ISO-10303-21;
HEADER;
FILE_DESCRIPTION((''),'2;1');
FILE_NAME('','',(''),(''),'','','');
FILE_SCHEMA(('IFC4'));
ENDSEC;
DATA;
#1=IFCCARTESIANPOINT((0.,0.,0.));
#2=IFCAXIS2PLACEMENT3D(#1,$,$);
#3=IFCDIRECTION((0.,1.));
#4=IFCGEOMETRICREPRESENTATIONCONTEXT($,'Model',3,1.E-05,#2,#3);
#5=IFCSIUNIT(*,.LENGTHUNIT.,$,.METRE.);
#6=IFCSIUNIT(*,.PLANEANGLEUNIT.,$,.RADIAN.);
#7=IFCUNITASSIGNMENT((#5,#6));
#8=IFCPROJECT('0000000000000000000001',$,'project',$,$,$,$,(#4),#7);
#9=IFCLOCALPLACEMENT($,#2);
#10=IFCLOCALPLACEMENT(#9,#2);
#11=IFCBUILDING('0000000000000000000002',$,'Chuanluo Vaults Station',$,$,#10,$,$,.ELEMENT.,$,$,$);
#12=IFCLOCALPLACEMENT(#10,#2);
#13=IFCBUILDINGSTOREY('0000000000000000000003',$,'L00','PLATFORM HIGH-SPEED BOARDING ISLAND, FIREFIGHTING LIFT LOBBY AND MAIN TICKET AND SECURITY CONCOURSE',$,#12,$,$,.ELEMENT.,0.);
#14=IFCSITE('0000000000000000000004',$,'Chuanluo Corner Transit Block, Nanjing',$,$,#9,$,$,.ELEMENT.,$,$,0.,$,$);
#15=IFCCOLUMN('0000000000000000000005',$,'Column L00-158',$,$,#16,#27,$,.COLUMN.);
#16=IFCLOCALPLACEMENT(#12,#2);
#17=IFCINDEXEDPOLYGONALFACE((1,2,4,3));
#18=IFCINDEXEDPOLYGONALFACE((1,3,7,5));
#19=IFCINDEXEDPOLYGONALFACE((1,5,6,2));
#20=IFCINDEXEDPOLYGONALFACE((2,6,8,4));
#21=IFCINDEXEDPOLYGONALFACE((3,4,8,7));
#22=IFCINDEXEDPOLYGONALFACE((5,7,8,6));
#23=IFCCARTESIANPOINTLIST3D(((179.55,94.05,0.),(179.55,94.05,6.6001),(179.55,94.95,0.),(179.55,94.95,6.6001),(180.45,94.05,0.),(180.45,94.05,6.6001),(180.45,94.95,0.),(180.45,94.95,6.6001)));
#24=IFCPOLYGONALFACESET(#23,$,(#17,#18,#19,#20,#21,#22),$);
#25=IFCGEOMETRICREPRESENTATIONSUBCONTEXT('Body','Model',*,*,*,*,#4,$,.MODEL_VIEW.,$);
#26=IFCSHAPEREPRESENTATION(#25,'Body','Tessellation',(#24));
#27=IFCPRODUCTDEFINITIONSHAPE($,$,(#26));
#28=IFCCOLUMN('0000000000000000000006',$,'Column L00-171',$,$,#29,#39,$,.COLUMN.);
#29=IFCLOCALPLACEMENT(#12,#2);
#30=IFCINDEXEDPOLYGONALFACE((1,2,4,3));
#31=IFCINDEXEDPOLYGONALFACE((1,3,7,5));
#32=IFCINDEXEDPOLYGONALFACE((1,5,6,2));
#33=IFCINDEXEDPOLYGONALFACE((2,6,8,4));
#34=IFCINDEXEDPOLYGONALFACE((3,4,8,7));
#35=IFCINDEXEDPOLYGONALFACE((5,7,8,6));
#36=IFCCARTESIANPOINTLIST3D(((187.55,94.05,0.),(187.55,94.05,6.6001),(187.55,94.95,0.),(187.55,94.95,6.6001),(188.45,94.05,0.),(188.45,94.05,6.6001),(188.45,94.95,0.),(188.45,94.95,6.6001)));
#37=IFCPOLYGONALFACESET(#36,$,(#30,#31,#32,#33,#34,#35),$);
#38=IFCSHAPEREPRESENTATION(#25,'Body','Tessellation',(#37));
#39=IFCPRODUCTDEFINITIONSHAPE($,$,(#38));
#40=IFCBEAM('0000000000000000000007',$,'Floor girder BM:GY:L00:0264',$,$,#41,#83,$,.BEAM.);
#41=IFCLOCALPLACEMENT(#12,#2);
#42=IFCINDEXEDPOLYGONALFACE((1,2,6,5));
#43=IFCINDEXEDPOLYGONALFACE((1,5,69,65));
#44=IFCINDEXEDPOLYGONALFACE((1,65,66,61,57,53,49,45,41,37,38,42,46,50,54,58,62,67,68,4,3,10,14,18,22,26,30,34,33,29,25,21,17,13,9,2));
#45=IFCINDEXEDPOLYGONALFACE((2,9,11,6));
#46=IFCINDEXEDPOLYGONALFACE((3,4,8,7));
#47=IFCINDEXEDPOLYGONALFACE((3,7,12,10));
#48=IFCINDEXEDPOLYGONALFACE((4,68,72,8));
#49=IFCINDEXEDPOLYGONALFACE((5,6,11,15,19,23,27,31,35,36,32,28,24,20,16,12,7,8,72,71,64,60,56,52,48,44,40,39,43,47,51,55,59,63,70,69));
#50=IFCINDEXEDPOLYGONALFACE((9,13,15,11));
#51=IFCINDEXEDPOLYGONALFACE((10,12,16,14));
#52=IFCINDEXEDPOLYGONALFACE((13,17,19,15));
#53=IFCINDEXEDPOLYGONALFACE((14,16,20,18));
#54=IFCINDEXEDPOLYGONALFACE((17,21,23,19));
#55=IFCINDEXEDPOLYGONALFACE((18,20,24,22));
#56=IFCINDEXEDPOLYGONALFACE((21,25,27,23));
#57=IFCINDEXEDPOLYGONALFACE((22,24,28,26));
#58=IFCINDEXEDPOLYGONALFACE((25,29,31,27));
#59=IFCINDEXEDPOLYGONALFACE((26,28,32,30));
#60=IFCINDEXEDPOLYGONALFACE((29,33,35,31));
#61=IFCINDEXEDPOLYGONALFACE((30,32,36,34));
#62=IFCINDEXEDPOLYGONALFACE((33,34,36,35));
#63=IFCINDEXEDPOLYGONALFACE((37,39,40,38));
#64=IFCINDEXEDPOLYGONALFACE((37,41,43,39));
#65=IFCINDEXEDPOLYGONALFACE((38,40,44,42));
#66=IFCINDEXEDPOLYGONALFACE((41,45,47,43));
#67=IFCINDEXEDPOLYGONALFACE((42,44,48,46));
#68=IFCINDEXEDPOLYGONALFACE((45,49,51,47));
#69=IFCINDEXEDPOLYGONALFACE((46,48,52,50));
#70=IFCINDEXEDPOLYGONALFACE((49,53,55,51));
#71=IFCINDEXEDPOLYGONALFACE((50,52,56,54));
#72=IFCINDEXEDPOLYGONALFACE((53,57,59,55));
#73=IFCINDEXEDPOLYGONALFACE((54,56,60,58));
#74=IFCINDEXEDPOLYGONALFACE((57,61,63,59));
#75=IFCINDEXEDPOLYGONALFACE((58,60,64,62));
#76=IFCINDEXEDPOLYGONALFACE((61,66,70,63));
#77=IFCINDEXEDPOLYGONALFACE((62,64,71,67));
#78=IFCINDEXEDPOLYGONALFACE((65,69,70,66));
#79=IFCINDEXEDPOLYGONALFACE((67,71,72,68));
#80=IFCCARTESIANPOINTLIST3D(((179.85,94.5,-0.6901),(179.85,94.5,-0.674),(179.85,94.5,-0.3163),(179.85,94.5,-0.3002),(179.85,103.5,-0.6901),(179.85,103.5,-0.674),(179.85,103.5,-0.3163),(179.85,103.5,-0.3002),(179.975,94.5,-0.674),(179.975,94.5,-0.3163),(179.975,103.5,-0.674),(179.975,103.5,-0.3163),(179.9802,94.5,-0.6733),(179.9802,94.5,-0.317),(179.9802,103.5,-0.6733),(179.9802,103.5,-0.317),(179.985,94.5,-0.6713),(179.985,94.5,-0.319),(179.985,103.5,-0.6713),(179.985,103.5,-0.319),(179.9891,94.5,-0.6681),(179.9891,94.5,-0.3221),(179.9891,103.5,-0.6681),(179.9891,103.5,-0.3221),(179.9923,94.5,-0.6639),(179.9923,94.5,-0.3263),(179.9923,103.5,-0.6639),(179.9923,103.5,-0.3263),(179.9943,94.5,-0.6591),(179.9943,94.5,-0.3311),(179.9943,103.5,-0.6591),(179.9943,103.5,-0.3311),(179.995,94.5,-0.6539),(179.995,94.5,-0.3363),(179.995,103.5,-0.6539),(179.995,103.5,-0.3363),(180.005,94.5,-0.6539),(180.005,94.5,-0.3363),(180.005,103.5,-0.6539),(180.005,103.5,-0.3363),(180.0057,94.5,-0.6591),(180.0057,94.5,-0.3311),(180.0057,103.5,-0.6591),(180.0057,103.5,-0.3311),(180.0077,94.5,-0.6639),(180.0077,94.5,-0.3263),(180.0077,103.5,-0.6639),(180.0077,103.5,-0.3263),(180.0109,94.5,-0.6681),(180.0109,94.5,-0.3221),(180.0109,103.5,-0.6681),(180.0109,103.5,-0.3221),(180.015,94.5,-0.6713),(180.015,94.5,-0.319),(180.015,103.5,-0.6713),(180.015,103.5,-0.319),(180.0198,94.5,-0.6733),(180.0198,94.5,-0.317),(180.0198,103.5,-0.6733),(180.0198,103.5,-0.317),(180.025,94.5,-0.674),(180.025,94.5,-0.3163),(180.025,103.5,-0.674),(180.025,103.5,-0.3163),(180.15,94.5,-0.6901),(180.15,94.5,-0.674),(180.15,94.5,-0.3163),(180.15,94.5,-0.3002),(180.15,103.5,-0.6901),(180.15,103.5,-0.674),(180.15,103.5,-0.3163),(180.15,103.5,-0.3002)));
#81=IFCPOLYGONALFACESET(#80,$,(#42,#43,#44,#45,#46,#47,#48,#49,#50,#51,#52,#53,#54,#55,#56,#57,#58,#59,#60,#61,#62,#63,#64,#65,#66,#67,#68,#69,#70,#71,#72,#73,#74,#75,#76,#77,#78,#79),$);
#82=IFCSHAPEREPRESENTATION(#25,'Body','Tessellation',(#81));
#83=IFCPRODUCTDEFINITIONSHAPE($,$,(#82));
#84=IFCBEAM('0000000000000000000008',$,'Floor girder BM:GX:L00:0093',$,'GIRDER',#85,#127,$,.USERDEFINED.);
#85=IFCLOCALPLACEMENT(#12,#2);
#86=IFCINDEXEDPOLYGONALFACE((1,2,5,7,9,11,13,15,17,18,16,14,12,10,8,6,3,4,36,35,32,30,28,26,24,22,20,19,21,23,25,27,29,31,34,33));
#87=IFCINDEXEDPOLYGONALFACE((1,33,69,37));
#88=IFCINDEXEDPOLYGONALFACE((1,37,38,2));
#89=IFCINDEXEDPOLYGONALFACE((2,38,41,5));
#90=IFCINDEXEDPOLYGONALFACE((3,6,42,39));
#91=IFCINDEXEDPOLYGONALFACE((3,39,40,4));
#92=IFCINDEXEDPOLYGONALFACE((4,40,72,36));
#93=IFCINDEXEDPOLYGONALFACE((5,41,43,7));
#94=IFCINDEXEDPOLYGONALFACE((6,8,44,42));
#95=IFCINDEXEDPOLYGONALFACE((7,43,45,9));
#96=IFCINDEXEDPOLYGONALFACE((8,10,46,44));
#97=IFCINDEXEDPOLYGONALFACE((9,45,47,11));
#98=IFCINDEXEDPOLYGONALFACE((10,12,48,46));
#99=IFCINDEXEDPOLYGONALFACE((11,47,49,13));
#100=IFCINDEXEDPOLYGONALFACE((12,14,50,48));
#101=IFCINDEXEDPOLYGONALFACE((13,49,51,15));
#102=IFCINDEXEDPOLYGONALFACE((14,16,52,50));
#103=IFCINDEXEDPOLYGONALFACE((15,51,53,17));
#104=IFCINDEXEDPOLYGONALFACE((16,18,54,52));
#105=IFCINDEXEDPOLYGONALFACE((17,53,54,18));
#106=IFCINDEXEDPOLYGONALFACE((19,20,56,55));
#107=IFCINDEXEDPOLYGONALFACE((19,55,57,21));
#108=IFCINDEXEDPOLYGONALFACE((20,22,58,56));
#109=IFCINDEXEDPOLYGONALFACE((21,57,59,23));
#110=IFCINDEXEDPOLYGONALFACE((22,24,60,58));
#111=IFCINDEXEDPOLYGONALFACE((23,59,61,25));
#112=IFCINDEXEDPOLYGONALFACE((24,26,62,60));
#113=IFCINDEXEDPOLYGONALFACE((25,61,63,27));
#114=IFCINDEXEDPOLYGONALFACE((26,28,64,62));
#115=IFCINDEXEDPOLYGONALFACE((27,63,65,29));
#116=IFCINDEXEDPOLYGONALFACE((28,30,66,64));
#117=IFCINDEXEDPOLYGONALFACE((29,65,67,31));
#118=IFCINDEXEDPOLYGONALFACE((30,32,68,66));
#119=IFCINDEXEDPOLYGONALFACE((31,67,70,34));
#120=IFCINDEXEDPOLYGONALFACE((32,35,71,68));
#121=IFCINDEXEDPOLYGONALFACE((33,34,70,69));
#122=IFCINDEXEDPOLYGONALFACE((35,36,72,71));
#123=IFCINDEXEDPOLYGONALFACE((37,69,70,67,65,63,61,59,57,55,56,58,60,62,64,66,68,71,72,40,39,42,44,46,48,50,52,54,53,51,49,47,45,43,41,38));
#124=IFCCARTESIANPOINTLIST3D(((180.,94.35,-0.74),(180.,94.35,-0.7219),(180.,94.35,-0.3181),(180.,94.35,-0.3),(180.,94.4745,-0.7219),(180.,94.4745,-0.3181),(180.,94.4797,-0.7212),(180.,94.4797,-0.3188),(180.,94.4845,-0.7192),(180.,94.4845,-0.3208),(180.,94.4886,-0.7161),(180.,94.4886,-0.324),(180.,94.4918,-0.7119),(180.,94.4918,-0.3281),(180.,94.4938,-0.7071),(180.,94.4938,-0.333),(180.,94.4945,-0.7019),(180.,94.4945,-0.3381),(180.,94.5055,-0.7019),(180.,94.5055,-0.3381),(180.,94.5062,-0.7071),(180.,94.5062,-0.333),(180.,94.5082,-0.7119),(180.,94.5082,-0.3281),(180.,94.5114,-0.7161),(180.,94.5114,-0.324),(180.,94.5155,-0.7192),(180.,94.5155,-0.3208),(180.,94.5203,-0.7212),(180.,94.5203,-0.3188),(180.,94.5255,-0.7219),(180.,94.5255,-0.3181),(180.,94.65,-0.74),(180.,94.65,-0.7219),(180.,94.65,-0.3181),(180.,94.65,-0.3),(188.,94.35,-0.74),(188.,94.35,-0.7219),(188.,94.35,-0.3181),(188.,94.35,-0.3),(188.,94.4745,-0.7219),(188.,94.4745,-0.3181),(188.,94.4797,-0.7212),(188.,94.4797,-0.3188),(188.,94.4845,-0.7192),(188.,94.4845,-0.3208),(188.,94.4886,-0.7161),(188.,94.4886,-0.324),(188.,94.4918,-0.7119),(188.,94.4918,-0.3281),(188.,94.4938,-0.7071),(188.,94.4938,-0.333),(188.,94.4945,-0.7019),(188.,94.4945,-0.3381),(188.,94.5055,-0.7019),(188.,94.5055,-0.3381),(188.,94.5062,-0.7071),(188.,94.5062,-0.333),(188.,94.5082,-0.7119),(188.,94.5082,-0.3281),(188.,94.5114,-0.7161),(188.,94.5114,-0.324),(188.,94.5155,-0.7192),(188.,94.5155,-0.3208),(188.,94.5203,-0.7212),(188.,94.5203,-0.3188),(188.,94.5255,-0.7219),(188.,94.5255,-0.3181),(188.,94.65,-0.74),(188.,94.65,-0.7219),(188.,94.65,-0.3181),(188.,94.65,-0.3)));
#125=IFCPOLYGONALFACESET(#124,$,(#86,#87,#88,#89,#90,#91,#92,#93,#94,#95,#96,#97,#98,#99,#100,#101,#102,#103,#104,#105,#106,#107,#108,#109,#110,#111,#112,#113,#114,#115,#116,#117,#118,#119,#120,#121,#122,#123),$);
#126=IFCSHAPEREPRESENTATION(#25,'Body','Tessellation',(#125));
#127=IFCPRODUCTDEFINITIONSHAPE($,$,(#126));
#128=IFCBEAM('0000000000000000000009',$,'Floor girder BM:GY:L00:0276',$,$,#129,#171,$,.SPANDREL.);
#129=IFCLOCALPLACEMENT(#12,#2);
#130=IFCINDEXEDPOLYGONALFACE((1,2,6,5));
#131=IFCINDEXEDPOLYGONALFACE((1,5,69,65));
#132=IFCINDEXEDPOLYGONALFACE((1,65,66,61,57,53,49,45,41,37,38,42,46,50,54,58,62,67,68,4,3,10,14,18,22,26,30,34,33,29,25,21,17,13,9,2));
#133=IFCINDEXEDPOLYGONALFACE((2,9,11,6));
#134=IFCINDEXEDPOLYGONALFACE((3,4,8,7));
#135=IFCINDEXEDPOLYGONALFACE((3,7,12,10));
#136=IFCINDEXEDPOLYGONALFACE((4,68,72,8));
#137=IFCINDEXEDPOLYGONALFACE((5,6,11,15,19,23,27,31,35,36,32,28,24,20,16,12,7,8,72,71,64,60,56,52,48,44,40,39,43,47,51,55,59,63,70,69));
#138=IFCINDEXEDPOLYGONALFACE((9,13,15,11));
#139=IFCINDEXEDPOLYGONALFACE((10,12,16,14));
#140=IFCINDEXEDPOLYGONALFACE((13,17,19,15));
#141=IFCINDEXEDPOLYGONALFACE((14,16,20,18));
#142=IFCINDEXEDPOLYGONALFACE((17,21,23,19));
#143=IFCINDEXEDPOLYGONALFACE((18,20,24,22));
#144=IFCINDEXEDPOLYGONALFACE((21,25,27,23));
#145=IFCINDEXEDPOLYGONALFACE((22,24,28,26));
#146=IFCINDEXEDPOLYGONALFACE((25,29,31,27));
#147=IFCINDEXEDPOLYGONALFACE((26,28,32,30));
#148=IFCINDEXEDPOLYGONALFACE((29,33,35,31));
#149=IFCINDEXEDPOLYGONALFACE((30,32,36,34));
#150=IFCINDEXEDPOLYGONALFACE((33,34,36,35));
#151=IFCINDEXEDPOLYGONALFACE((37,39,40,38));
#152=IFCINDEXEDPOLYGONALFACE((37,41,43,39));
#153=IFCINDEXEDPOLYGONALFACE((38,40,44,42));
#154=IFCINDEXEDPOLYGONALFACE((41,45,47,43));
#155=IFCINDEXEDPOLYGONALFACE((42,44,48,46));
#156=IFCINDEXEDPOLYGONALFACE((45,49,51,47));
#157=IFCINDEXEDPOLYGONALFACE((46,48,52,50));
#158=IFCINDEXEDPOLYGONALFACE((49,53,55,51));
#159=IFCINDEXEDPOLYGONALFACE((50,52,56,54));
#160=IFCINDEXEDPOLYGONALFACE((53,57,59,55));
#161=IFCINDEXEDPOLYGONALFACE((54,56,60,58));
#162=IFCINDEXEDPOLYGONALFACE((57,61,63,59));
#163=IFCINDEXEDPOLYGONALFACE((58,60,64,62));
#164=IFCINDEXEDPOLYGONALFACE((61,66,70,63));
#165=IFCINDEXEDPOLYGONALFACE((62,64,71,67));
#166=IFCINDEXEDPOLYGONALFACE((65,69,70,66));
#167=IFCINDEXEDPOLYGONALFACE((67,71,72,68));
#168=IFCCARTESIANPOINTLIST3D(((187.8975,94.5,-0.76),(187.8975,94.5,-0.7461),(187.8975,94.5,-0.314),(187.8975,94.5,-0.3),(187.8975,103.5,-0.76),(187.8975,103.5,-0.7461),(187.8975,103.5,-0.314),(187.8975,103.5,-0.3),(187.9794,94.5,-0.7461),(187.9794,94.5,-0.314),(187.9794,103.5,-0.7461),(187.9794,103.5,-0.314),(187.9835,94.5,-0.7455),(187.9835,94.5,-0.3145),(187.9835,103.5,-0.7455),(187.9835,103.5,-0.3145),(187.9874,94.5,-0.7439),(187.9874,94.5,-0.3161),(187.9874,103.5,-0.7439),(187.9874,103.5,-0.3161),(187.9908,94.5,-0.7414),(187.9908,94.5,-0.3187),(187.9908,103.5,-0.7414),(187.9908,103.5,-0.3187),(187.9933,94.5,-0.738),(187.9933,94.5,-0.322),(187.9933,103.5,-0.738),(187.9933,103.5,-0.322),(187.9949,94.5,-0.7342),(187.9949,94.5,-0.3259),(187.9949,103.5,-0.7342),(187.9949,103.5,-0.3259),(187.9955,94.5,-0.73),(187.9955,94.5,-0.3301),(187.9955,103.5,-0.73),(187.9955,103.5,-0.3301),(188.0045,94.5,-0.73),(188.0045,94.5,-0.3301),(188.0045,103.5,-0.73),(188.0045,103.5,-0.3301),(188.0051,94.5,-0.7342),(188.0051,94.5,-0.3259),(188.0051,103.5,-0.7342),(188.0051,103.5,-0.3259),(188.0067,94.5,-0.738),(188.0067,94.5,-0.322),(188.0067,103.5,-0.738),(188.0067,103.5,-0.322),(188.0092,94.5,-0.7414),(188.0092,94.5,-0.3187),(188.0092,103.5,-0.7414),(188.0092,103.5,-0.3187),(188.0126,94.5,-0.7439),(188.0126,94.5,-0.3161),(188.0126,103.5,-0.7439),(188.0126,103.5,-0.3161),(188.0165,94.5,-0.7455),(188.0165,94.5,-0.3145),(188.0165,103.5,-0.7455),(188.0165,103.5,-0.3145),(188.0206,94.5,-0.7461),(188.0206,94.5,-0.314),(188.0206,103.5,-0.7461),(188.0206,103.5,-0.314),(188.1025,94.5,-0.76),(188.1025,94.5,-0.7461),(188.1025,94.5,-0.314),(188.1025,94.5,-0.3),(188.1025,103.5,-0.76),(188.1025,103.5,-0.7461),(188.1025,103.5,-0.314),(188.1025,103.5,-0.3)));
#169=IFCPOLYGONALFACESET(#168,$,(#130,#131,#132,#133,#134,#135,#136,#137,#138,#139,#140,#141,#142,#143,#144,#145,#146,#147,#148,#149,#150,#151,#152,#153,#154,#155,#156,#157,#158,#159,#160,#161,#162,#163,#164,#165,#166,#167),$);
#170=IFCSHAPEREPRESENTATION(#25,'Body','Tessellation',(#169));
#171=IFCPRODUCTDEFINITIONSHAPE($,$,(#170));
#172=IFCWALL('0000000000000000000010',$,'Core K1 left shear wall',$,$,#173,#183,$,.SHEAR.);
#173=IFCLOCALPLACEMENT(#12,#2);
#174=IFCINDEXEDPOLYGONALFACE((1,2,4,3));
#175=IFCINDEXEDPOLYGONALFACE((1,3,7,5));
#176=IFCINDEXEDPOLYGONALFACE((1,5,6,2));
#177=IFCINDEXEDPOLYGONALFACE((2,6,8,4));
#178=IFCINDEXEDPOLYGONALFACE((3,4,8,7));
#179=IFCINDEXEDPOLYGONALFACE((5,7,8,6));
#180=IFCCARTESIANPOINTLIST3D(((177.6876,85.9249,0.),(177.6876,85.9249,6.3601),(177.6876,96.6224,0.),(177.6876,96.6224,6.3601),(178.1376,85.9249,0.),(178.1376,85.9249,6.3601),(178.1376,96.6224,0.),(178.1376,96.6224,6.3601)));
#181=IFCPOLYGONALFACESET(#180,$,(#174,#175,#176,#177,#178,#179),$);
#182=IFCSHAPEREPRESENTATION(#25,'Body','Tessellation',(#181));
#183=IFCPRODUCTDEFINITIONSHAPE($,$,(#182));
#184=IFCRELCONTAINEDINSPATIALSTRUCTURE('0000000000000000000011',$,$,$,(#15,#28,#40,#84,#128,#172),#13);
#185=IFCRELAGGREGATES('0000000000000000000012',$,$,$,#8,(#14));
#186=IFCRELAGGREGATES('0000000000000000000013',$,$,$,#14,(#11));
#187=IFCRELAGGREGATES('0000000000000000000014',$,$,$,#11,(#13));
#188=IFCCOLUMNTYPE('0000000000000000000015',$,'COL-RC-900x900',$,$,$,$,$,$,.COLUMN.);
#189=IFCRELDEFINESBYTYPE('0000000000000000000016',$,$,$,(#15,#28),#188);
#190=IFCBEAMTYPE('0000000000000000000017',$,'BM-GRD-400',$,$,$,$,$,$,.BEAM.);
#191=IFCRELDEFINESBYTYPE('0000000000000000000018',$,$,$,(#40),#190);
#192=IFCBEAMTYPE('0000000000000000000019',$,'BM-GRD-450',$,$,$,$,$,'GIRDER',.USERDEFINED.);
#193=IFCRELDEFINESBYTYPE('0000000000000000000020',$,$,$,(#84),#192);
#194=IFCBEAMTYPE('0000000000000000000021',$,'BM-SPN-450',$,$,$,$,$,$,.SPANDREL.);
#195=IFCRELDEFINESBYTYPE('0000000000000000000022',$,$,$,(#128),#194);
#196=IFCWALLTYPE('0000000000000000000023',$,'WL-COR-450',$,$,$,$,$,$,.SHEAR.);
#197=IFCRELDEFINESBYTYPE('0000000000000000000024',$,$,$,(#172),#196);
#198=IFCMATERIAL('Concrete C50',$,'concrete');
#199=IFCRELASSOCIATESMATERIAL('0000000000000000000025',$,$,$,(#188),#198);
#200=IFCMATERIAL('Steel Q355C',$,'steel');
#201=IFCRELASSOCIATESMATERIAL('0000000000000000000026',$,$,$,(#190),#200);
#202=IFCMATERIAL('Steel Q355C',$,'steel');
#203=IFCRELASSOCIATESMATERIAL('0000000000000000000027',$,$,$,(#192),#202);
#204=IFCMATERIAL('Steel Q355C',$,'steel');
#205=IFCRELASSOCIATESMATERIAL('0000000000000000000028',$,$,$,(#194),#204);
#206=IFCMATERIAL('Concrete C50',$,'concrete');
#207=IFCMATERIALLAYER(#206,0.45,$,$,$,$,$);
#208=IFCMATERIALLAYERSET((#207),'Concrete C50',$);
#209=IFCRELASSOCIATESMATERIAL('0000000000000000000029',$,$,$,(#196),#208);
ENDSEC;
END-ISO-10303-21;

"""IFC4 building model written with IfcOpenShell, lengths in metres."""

from ifc_helpers import new_model, si_unit, direction, frame, frame_2d, origin, origin_2d, place, context, subcontext, project, spatial, rectangle, i_section, extrude, material, layer, layer_set, material_profile, profile_set, type_object, element, save


model = new_model("IFC4")

# Units and contexts
model_context = context("Model", 3, precision=1e-05, world=origin(), true_north=direction((0.0, 1.0)))
body_context = subcontext(model_context, "Body", "Model", "MODEL_VIEW")
ifc_project = project(units=[si_unit("LENGTHUNIT", "METRE"), si_unit("PLANEANGLEUNIT", "RADIAN")], contexts=[model_context])

# Site, building, storey
site_placement = place(None, origin())
site = spatial("IfcSite", under=ifc_project, at=site_placement, Name="Chuanluo Corner Transit Block, Nanjing", CompositionType="ELEMENT", RefElevation=0.0)
building_placement = place(site_placement, origin())
building = spatial("IfcBuilding", under=site, at=building_placement, Name="Chuanluo Vaults Station", CompositionType="ELEMENT")
storey_placement = place(building_placement, origin())
storey = spatial("IfcBuildingStorey", under=building, at=storey_placement, Name="L00", Description="PLATFORM HIGH-SPEED BOARDING ISLAND, FIREFIGHTING LIFT LOBBY AND MAIN TICKET AND SECURITY CONCOURSE", CompositionType="ELEMENT", Elevation=0.0)

# Columns
ifc_material_1 = material(Name="Concrete C50", Category="concrete")
ifc_material_profile_1 = material_profile(ifc_material_1, rectangle(XDim=0.8999, YDim=0.8999, at=origin_2d()))
ifc_profile_set_1 = profile_set([ifc_material_profile_1], Name="Concrete C50")
column_type = type_object("IfcColumnType", Name="COL-RC-900x900", PredefinedType="COLUMN", material=ifc_profile_set_1)
for number, where, z_axis, x_axis, name in (
    (1, (180.0, 94.5, 0.0), (0.0, 0.0, 1.0), (1.0, 0.0, 0.0), "Column L00-158"),
    (2, (188.0, 94.5, 0.0), (0.0, 0.0, 1.0), (1.0, 0.0, 0.0), "Column L00-171"),
):
    element("IfcColumn", number, at=place(storey_placement, frame(where, z_axis=z_axis, x_axis=x_axis)), inside=storey, type_object=column_type, Name=name, PredefinedType="COLUMN", context=body_context, shape_type="SweptSolid", body=[
        extrude(rectangle(XDim=0.8999, YDim=0.8999, at=origin_2d()), origin(), (0.0, 0.0, 1.0), 6.6001),
    ])

# Beams
ifc_material_2 = material(Name="Steel Q355C", Category="steel")
ifc_material_profile_2 = material_profile(ifc_material_2, i_section(OverallWidth=0.3, OverallDepth=0.3899, WebThickness=0.01, FlangeThickness=0.0161, FilletRadius=0.02, at=origin_2d()))
ifc_profile_set_2 = profile_set([ifc_material_profile_2], Name="Steel Q355C")
beam_type_1 = type_object("IfcBeamType", Name="BM-GRD-400", PredefinedType="BEAM", material=ifc_profile_set_2)
beam_1_placement = place(storey_placement, frame((180.0, 94.5, -0.4951), z_axis=(0.0, 1.0, 0.0), x_axis=(-1.0, 0.0, 0.0)))
element("IfcBeam", 3, at=beam_1_placement, inside=storey, type_object=beam_type_1, Name="Floor girder BM:GY:L00:0264", PredefinedType="BEAM", context=body_context, shape_type="SweptSolid", body=[
    extrude(i_section(OverallWidth=0.3, OverallDepth=0.3899, WebThickness=0.01, FlangeThickness=0.0161, FilletRadius=0.02, at=origin_2d()), origin(), (0.0, 0.0, 1.0), 9.0),
])
ifc_material_3 = material(Name="Steel Q355C", Category="steel")
ifc_material_profile_3 = material_profile(ifc_material_3, i_section(OverallWidth=0.3, OverallDepth=0.4399, WebThickness=0.011, FlangeThickness=0.0181, FilletRadius=0.02, at=origin_2d()))
ifc_profile_set_3 = profile_set([ifc_material_profile_3], Name="Steel Q355C")
beam_type_2 = type_object("IfcBeamType", Name="BM-GRD-450", ElementType="GIRDER", PredefinedType="USERDEFINED", material=ifc_profile_set_3)
beam_2_placement = place(storey_placement, frame((180.0, 94.5, -0.52), z_axis=(1.0, 0.0, 0.0), x_axis=(0.0, 1.0, 0.0)))
element("IfcBeam", 4, at=beam_2_placement, inside=storey, type_object=beam_type_2, Name="Floor girder BM:GX:L00:0093", ObjectType="GIRDER", PredefinedType="USERDEFINED", context=body_context, shape_type="SweptSolid", body=[
    extrude(i_section(OverallWidth=0.3, OverallDepth=0.4399, WebThickness=0.011, FlangeThickness=0.0181, FilletRadius=0.02, at=origin_2d()), origin(), (0.0, 0.0, 1.0), 8.0),
])
ifc_material_4 = material(Name="Steel Q355C", Category="steel")
ifc_material_profile_4 = material_profile(ifc_material_4, i_section(OverallWidth=0.2051, OverallDepth=0.46, WebThickness=0.009, FlangeThickness=0.0139, FilletRadius=0.0161, at=origin_2d()))
ifc_profile_set_4 = profile_set([ifc_material_profile_4], Name="Steel Q355C")
beam_type_3 = type_object("IfcBeamType", Name="BM-SPN-450", PredefinedType="SPANDREL", material=ifc_profile_set_4)
beam_3_placement = place(storey_placement, frame((188.0, 94.5, -0.53), z_axis=(0.0, 1.0, 0.0), x_axis=(-1.0, 0.0, 0.0)))
element("IfcBeam", 5, at=beam_3_placement, inside=storey, type_object=beam_type_3, Name="Floor girder BM:GY:L00:0276", PredefinedType="SPANDREL", context=body_context, shape_type="SweptSolid", body=[
    extrude(i_section(OverallWidth=0.2051, OverallDepth=0.46, WebThickness=0.009, FlangeThickness=0.0139, FilletRadius=0.0161, at=origin_2d()), origin(), (0.0, 0.0, 1.0), 9.0),
])

# Wall
ifc_material_5 = material(Name="Concrete C50", Category="concrete")
ifc_layer_1 = layer(ifc_material_5, 0.45)
ifc_layer_set_1 = layer_set([ifc_layer_1], Name="Concrete C50")
wall_type_1 = type_object("IfcWallType", Name="WL-COR-450", PredefinedType="SHEAR", material=ifc_layer_set_1)
wall_1_placement = place(storey_placement, frame((177.9126, 85.925, 0.0), z_axis=(0.0, 0.0, 1.0), x_axis=(0.0, 1.0, 0.0)))
element("IfcWall", 6, at=wall_1_placement, inside=storey, type_object=wall_type_1, Name="Core K1 left shear wall", PredefinedType="SHEAR", context=body_context, shape_type="SweptSolid", body=[
    extrude(rectangle(XDim=10.6975, YDim=0.45, at=frame_2d((5.3486, 0.0))), origin(), (0.0, 0.0, 1.0), 6.3601),
])

save(model, "model.ifc")
